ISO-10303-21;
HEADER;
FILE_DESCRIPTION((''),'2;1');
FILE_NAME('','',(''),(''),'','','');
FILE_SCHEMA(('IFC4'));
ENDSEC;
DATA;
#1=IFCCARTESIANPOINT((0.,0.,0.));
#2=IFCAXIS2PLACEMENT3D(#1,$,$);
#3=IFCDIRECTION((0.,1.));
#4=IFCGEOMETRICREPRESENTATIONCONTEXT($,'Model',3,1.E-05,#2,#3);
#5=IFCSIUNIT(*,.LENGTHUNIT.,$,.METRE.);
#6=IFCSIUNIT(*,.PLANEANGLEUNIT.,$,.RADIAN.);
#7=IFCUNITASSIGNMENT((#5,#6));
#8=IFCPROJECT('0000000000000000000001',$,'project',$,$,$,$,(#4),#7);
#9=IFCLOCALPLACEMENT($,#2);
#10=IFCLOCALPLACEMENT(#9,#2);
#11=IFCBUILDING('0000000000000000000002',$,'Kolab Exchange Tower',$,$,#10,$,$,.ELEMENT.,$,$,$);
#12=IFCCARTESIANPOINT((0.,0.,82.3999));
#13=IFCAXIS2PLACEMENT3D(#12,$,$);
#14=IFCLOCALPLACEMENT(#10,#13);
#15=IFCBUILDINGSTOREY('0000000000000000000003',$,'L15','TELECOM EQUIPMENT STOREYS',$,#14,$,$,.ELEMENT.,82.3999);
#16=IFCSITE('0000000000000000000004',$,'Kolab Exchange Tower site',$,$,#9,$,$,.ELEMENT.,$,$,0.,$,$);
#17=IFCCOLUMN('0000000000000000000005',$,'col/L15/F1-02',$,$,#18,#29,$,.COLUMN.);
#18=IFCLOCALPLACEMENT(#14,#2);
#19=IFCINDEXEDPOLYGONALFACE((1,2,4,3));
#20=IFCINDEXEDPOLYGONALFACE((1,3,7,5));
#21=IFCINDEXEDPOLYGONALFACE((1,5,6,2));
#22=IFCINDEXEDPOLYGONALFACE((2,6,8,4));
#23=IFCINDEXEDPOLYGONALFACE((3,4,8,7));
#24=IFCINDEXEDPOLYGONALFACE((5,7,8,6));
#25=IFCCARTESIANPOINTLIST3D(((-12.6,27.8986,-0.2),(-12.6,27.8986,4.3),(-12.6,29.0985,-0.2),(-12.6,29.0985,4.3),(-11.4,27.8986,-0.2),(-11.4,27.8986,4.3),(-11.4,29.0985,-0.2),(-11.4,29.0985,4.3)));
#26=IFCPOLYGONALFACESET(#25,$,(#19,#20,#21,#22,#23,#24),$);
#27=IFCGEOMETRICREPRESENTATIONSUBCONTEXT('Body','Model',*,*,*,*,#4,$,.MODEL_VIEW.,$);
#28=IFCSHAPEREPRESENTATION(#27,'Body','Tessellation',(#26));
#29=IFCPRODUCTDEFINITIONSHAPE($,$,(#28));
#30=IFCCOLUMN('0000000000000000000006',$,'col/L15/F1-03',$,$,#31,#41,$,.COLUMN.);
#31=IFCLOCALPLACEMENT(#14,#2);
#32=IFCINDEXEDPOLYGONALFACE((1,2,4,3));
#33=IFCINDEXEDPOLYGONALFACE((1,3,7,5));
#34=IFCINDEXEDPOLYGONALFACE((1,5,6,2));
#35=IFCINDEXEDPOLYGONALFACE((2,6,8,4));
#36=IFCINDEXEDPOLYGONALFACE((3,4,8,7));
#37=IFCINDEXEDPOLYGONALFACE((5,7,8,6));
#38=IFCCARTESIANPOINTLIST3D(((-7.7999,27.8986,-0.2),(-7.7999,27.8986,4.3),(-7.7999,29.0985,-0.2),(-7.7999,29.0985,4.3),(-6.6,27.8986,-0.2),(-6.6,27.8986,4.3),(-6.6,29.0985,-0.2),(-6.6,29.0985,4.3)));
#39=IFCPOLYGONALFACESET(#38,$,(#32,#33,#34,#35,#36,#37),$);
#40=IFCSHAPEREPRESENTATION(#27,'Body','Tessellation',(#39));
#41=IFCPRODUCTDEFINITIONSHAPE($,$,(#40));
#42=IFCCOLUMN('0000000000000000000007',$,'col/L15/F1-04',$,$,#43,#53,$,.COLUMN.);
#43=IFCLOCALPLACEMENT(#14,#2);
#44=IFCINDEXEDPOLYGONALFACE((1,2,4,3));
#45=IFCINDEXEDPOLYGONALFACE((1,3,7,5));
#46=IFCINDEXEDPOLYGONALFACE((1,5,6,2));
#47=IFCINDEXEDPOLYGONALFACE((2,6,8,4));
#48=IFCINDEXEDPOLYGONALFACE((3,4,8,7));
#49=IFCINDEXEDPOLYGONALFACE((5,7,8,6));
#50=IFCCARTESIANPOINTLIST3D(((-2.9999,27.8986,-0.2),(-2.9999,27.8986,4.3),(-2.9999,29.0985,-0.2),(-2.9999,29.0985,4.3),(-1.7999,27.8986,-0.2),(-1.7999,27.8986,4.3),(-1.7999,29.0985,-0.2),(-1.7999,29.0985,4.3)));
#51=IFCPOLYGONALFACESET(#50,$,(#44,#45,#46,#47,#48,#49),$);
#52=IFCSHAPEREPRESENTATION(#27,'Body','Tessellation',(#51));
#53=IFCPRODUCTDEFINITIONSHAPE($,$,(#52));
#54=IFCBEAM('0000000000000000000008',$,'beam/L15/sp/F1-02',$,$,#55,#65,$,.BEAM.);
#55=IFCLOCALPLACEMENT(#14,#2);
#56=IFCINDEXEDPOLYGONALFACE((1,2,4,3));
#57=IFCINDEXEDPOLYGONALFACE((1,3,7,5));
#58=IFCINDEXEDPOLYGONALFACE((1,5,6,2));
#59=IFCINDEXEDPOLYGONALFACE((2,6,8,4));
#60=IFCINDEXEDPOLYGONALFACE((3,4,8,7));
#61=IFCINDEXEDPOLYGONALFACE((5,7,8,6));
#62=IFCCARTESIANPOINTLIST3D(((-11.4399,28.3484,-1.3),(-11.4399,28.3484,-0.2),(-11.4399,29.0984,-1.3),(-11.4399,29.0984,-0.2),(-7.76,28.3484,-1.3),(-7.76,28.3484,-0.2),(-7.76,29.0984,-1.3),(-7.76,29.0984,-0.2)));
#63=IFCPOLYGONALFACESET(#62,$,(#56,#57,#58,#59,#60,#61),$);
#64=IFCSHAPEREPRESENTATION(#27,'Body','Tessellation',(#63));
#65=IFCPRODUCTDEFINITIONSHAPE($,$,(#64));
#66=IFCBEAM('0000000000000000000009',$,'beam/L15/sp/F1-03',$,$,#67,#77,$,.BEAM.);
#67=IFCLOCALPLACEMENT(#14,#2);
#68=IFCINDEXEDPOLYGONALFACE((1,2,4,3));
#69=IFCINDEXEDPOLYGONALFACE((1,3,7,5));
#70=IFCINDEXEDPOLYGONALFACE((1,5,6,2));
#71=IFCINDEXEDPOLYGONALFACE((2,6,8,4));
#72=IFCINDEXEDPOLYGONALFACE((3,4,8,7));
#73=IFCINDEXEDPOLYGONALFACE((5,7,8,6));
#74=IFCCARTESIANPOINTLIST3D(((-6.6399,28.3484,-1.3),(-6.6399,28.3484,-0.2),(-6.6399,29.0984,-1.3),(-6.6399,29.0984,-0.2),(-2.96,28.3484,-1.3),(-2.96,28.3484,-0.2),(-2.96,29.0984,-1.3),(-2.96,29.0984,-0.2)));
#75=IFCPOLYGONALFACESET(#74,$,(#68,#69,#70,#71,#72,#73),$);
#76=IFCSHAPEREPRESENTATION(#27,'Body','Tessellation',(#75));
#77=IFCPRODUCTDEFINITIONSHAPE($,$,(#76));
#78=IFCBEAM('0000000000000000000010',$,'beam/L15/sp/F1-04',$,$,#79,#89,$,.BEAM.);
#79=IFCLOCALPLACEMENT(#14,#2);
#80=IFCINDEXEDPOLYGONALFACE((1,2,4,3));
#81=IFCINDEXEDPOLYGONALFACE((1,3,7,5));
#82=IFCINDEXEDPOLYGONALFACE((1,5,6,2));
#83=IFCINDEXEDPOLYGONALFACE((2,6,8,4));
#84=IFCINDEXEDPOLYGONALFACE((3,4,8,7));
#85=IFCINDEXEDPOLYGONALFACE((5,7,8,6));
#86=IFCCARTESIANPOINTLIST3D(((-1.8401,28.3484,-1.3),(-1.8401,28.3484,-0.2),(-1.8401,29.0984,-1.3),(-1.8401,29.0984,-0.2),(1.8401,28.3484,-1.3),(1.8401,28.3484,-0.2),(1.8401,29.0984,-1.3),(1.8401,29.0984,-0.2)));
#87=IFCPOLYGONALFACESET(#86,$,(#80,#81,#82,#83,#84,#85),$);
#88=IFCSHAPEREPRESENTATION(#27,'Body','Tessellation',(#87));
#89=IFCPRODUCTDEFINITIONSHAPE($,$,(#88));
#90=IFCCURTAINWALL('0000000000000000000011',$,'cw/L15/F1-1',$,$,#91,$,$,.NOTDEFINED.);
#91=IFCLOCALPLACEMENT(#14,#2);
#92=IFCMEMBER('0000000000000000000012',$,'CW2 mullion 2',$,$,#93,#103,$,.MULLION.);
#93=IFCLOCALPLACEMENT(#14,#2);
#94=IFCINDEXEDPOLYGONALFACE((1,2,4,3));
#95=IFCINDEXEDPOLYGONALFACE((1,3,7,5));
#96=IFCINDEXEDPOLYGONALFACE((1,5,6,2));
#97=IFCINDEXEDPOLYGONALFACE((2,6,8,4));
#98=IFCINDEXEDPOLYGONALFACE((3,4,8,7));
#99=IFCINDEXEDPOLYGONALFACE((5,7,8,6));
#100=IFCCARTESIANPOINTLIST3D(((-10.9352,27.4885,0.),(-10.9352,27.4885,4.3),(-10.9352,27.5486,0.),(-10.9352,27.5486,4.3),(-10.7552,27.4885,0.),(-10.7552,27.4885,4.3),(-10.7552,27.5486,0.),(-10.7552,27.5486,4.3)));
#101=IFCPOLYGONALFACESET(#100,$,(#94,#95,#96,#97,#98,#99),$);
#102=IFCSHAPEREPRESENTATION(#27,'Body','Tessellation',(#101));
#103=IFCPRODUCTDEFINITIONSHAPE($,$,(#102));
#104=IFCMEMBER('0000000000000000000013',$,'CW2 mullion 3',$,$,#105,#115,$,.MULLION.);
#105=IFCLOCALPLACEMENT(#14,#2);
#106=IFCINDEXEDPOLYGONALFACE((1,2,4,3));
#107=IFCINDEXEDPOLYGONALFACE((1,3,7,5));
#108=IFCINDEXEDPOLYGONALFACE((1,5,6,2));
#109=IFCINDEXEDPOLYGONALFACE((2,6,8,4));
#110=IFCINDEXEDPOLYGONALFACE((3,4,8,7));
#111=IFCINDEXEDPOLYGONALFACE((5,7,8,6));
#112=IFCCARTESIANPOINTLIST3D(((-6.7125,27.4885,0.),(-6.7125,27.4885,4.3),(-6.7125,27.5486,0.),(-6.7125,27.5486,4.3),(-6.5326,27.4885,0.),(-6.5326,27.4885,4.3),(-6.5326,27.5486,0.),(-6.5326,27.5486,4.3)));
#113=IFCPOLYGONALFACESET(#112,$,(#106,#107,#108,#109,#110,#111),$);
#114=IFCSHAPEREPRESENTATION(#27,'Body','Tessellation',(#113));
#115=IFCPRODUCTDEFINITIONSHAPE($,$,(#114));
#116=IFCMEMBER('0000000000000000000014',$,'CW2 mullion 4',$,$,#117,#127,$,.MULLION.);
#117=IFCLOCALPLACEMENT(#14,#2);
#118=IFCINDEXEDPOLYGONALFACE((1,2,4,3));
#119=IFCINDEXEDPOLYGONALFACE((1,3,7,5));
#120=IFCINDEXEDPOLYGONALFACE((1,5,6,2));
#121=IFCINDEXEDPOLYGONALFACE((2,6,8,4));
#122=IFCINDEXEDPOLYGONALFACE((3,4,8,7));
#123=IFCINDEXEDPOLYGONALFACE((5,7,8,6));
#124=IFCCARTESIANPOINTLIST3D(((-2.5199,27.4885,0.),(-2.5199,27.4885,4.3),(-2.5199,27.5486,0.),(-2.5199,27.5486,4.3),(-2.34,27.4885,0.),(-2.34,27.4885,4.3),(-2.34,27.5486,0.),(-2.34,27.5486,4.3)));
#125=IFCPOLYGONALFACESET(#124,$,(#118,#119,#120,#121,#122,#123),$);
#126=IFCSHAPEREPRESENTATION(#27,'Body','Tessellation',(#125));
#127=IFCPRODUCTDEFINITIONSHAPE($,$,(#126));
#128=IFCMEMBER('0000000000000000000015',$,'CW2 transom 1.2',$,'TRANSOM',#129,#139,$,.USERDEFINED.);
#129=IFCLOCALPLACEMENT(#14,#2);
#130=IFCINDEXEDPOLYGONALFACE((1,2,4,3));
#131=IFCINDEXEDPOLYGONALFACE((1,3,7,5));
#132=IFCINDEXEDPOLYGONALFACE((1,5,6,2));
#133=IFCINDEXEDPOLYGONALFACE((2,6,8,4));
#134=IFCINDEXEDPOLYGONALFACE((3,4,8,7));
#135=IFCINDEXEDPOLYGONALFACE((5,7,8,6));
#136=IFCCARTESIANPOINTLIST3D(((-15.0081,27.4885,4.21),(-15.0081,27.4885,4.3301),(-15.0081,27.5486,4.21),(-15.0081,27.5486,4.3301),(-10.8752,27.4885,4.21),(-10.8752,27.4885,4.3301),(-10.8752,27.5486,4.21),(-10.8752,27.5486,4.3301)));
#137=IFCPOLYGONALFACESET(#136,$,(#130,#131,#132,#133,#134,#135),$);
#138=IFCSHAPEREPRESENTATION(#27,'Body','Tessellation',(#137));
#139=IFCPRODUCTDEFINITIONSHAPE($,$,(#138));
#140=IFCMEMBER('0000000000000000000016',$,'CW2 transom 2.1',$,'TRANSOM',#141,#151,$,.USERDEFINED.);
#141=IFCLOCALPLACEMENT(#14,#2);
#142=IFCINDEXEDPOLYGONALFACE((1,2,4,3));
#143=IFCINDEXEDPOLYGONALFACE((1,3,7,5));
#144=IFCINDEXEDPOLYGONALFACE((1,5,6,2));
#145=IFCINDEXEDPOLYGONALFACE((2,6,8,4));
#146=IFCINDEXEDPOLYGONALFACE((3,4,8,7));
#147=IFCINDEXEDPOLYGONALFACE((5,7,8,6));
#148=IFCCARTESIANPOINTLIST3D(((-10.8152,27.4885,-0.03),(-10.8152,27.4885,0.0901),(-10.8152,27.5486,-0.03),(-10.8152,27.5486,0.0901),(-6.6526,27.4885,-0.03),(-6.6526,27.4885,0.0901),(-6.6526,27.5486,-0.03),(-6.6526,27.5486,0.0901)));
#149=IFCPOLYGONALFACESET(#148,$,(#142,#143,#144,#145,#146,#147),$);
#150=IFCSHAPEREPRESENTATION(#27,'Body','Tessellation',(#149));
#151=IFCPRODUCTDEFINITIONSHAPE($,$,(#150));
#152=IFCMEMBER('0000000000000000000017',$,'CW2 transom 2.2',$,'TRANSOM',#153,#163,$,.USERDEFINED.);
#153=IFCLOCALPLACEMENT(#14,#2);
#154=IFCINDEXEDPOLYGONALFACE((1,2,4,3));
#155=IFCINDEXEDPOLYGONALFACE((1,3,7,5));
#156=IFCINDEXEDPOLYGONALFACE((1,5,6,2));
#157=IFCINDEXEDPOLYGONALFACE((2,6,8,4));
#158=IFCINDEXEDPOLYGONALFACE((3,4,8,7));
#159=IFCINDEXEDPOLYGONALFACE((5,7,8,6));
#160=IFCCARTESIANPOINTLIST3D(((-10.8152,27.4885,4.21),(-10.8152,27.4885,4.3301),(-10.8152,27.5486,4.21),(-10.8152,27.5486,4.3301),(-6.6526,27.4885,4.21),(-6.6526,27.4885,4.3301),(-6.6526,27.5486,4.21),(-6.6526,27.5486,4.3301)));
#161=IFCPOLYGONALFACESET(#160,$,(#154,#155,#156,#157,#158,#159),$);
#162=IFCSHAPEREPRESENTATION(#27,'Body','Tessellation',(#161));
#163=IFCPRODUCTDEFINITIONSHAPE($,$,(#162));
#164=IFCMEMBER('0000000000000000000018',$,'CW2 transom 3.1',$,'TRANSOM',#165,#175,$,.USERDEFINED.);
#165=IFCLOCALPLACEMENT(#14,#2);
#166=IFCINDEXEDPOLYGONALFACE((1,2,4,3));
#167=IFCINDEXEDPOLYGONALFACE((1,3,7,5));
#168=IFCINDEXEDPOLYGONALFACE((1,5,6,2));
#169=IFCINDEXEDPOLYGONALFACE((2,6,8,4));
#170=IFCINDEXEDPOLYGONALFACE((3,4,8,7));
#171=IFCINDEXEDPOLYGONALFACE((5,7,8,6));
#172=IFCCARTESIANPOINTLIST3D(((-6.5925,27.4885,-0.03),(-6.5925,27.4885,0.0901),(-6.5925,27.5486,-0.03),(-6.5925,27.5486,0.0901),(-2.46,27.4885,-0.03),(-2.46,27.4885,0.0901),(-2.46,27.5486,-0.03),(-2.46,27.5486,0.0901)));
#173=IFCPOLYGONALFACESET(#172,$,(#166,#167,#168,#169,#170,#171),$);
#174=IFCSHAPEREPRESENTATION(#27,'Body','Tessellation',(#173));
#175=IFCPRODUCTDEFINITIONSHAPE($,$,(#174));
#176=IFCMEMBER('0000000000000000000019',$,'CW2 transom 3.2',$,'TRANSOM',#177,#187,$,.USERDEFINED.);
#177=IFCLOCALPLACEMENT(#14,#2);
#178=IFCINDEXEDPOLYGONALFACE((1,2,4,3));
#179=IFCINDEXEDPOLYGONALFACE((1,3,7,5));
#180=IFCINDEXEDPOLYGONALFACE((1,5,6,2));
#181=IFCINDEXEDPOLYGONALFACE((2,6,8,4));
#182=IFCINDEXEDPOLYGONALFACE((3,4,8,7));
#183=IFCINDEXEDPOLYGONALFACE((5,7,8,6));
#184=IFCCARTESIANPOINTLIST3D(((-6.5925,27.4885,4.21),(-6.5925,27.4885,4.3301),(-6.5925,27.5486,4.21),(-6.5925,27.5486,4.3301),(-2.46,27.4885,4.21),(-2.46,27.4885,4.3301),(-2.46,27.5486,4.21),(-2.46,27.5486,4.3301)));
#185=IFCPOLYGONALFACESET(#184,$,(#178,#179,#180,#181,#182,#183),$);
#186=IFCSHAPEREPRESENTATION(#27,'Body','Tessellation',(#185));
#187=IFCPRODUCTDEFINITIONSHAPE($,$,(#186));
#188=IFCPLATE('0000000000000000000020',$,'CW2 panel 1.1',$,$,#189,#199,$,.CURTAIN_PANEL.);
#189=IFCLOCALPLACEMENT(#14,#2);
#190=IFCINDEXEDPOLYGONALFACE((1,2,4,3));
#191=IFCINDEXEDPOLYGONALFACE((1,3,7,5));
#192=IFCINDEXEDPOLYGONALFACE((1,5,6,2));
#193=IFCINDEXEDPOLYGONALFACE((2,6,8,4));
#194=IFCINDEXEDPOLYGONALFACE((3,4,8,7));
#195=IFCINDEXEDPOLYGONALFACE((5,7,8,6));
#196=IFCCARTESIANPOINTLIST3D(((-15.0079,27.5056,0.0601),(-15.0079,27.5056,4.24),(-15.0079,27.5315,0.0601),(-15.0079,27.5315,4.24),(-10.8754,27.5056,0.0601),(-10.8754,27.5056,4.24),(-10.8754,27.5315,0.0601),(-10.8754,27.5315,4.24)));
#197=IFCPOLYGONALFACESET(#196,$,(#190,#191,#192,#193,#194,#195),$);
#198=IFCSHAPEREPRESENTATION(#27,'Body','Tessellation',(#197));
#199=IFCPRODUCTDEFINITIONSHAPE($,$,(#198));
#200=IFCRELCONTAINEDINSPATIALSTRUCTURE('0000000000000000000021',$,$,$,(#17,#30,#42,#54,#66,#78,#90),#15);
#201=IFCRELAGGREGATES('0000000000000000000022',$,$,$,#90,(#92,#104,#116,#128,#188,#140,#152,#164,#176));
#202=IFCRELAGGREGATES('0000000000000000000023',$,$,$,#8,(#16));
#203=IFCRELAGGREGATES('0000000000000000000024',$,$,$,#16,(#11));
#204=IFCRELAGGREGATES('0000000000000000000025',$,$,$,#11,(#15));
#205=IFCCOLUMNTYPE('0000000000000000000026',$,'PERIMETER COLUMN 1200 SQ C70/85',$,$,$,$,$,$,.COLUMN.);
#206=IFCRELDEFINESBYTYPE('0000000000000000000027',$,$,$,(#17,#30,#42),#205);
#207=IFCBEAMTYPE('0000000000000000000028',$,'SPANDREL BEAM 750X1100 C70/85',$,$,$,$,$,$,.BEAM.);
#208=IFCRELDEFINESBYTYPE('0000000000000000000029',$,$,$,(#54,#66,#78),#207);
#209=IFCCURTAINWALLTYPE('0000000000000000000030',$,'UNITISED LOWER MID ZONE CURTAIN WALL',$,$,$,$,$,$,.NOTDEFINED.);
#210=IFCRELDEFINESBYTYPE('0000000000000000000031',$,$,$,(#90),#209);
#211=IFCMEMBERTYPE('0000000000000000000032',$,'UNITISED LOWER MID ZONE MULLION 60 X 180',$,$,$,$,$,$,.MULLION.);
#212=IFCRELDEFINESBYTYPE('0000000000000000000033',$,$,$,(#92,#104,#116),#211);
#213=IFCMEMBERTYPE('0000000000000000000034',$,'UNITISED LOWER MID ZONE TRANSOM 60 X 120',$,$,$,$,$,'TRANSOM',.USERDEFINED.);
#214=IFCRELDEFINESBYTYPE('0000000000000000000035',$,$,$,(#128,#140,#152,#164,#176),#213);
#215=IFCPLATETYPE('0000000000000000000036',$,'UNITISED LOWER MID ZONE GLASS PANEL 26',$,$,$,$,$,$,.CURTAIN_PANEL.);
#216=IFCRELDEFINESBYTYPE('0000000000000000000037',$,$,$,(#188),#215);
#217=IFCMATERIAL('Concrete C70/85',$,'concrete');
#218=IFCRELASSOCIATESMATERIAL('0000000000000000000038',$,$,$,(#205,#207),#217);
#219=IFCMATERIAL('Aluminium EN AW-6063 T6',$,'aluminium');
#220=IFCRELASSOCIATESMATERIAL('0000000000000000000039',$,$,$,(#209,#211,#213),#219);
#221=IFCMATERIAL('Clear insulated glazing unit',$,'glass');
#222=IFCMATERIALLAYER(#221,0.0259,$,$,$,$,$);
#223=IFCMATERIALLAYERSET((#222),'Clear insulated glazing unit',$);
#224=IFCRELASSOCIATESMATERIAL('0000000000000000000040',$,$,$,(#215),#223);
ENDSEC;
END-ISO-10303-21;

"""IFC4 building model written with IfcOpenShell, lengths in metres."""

from ifc_helpers import new_model, si_unit, direction, frame, origin, origin_2d, place, context, subcontext, project, spatial, rectangle, extrude, material, layer, layer_set, material_profile, profile_set, type_object, element, aggregate, save


model = new_model("IFC4")

# Units and contexts
model_context = context("Model", 3, precision=1e-05, world=origin(), true_north=direction((0.0, 1.0)))
body_context = subcontext(model_context, "Body", "Model", "MODEL_VIEW")
ifc_project = project(units=[si_unit("LENGTHUNIT", "METRE"), si_unit("PLANEANGLEUNIT", "RADIAN")], contexts=[model_context])

# Site, building, storey
site_placement = place(None, origin())
site = spatial("IfcSite", under=ifc_project, at=site_placement, Name="Kolab Exchange Tower site", CompositionType="ELEMENT", RefElevation=0.0)
building_placement = place(site_placement, origin())
building = spatial("IfcBuilding", under=site, at=building_placement, Name="Kolab Exchange Tower", CompositionType="ELEMENT")
storey_placement = place(building_placement, frame((0.0, 0.0, 82.3999)))
storey = spatial("IfcBuildingStorey", under=building, at=storey_placement, Name="L15", Description="TELECOM EQUIPMENT STOREYS", CompositionType="ELEMENT", Elevation=82.3999)

# Columns
ifc_material_1 = material(Name="Concrete C70/85", Category="concrete")
ifc_material_profile_1 = material_profile(ifc_material_1, rectangle(XDim=1.2, YDim=1.2, at=origin_2d()), Name="RC1200")
ifc_profile_set_1 = profile_set([ifc_material_profile_1], Name="Concrete C70/85")
column_type = type_object("IfcColumnType", Name="PERIMETER COLUMN 1200 SQ C70/85", PredefinedType="COLUMN", material=ifc_profile_set_1)
for number, where, z_axis, x_axis, name in (
    (1, (-12.0, 28.4985, -0.2), (0.0, 0.0, 1.0), (1.0, 0.0, 0.0), "col/L15/F1-02"),
    (2, (-7.2, 28.4985, -0.2), (0.0, 0.0, 1.0), (1.0, 0.0, 0.0), "col/L15/F1-03"),
    (3, (-2.3999, 28.4985, -0.2), (0.0, 0.0, 1.0), (1.0, 0.0, 0.0), "col/L15/F1-04"),
):
    element("IfcColumn", number, at=place(storey_placement, frame(where, z_axis=z_axis, x_axis=x_axis)), inside=storey, type_object=column_type, Name=name, PredefinedType="COLUMN", context=body_context, shape_type="SweptSolid", body=[
        extrude(rectangle(XDim=1.2, YDim=1.2, at=origin_2d()), origin(), (0.0, 0.0, 1.0), 4.5),
    ])

# Beams
ifc_material_profile_2 = material_profile(ifc_material_1, rectangle(XDim=0.75, YDim=1.1001, at=origin_2d()), Name="RC750X1100")
ifc_profile_set_2 = profile_set([ifc_material_profile_2], Name="Concrete C70/85")
beam_type = type_object("IfcBeamType", Name="SPANDREL BEAM 750X1100 C70/85", PredefinedType="BEAM", material=ifc_profile_set_2)
for number, where, z_axis, x_axis, name in (
    (4, (-11.4399, 28.7234, -0.75), (1.0, 0.0, 0.0), (0.0, 1.0, 0.0), "beam/L15/sp/F1-02"),
    (5, (-6.6399, 28.7234, -0.75), (1.0, 0.0, 0.0), (0.0, 1.0, 0.0), "beam/L15/sp/F1-03"),
):
    element("IfcBeam", number, at=place(storey_placement, frame(where, z_axis=z_axis, x_axis=x_axis)), inside=storey, type_object=beam_type, Name=name, PredefinedType="BEAM", context=body_context, shape_type="SweptSolid", body=[
        extrude(rectangle(XDim=0.75, YDim=1.1001, at=origin_2d()), origin(), (0.0, 0.0, 1.0), 3.6799),
    ])
beam_placement = place(storey_placement, frame((-1.8401, 28.7234, -0.75), z_axis=(1.0, 0.0, 0.0), x_axis=(0.0, 1.0, 0.0)))
element("IfcBeam", 6, at=beam_placement, inside=storey, type_object=beam_type, Name="beam/L15/sp/F1-04", PredefinedType="BEAM", context=body_context, shape_type="SweptSolid", body=[
    extrude(rectangle(XDim=0.75, YDim=1.1001, at=origin_2d()), origin(), (0.0, 0.0, 1.0), 3.6802),
])

# Curtain wall, members, plate
ifc_material_2 = material(Name="Aluminium EN AW-6063 T6", Category="aluminium")
curtain_wall_type = type_object("IfcCurtainWallType", Name="UNITISED LOWER MID ZONE CURTAIN WALL", PredefinedType="NOTDEFINED", material=ifc_material_2)
curtain_wall_placement = place(storey_placement, origin())
curtain_wall = element("IfcCurtainWall", 7, at=curtain_wall_placement, inside=storey, type_object=curtain_wall_type, Name="cw/L15/F1-1", PredefinedType="NOTDEFINED")
ifc_material_profile_3 = material_profile(ifc_material_2, rectangle(XDim=0.0601, YDim=0.1799, at=origin_2d()), Name="RECT 60X180")
ifc_profile_set_3 = profile_set([ifc_material_profile_3], Name="Aluminium EN AW-6063 T6")
member_type_1 = type_object("IfcMemberType", Name="UNITISED LOWER MID ZONE MULLION 60 X 180", PredefinedType="MULLION", material=ifc_profile_set_3)
member_1_placement = place(storey_placement, frame((-10.8452, 27.5186, 0.0), z_axis=(0.0, 0.0, 1.0), x_axis=(0.0, 1.0, 0.0)))
member_1 = element("IfcMember", 8, at=member_1_placement, type_object=member_type_1, Name="CW2 mullion 2", PredefinedType="MULLION", context=body_context, shape_type="SweptSolid", body=[
    extrude(rectangle(XDim=0.0601, YDim=0.1799, at=origin_2d()), origin(), (0.0, 0.0, 1.0), 4.3),
])
member_2_placement = place(storey_placement, frame((-6.6226, 27.5186, 0.0), z_axis=(0.0, 0.0, 1.0), x_axis=(0.0, 1.0, 0.0)))
member_2 = element("IfcMember", 9, at=member_2_placement, type_object=member_type_1, Name="CW2 mullion 3", PredefinedType="MULLION", context=body_context, shape_type="SweptSolid", body=[
    extrude(rectangle(XDim=0.0601, YDim=0.1799, at=origin_2d()), origin(), (0.0, 0.0, 1.0), 4.3),
])
member_3_placement = place(storey_placement, frame((-2.4299, 27.5186, 0.0), z_axis=(0.0, 0.0, 1.0), x_axis=(0.0, 1.0, 0.0)))
member_3 = element("IfcMember", 10, at=member_3_placement, type_object=member_type_1, Name="CW2 mullion 4", PredefinedType="MULLION", context=body_context, shape_type="SweptSolid", body=[
    extrude(rectangle(XDim=0.0601, YDim=0.1799, at=origin_2d()), origin(), (0.0, 0.0, 1.0), 4.3),
])
ifc_material_profile_4 = material_profile(ifc_material_2, rectangle(XDim=0.0601, YDim=0.1201, at=origin_2d()), Name="RECT 60X120")
ifc_profile_set_4 = profile_set([ifc_material_profile_4], Name="Aluminium EN AW-6063 T6")
member_type_2 = type_object("IfcMemberType", Name="UNITISED LOWER MID ZONE TRANSOM 60 X 120", ElementType="TRANSOM", PredefinedType="USERDEFINED", material=ifc_profile_set_4)
member_4_placement = place(storey_placement, frame((-15.0081, 27.5186, 4.27), z_axis=(1.0, 0.0, 0.0), x_axis=(0.0, 1.0, 0.0)))
member_4 = element("IfcMember", 11, at=member_4_placement, type_object=member_type_2, Name="CW2 transom 1.2", ObjectType="TRANSOM", PredefinedType="USERDEFINED", context=body_context, shape_type="SweptSolid", body=[
    extrude(rectangle(XDim=0.0601, YDim=0.1201, at=origin_2d()), origin(), (0.0, 0.0, 1.0), 4.1328),
])
member_5_placement = place(storey_placement, frame((-10.8152, 27.5186, 0.03), z_axis=(1.0, 0.0, 0.0), x_axis=(0.0, 1.0, 0.0)))
member_5 = element("IfcMember", 12, at=member_5_placement, type_object=member_type_2, Name="CW2 transom 2.1", ObjectType="TRANSOM", PredefinedType="USERDEFINED", context=body_context, shape_type="SweptSolid", body=[
    extrude(rectangle(XDim=0.0601, YDim=0.1201, at=origin_2d()), origin(), (0.0, 0.0, 1.0), 4.1626),
])
member_6_placement = place(storey_placement, frame((-10.8152, 27.5186, 4.27), z_axis=(1.0, 0.0, 0.0), x_axis=(0.0, 1.0, 0.0)))
member_6 = element("IfcMember", 13, at=member_6_placement, type_object=member_type_2, Name="CW2 transom 2.2", ObjectType="TRANSOM", PredefinedType="USERDEFINED", context=body_context, shape_type="SweptSolid", body=[
    extrude(rectangle(XDim=0.0601, YDim=0.1201, at=origin_2d()), origin(), (0.0, 0.0, 1.0), 4.1626),
])
member_7_placement = place(storey_placement, frame((-6.5925, 27.5186, 0.03), z_axis=(1.0, 0.0, 0.0), x_axis=(0.0, 1.0, 0.0)))
member_7 = element("IfcMember", 14, at=member_7_placement, type_object=member_type_2, Name="CW2 transom 3.1", ObjectType="TRANSOM", PredefinedType="USERDEFINED", context=body_context, shape_type="SweptSolid", body=[
    extrude(rectangle(XDim=0.0601, YDim=0.1201, at=origin_2d()), origin(), (0.0, 0.0, 1.0), 4.1326),
])
member_8_placement = place(storey_placement, frame((-6.5925, 27.5186, 4.27), z_axis=(1.0, 0.0, 0.0), x_axis=(0.0, 1.0, 0.0)))
member_8 = element("IfcMember", 15, at=member_8_placement, type_object=member_type_2, Name="CW2 transom 3.2", ObjectType="TRANSOM", PredefinedType="USERDEFINED", context=body_context, shape_type="SweptSolid", body=[
    extrude(rectangle(XDim=0.0601, YDim=0.1201, at=origin_2d()), origin(), (0.0, 0.0, 1.0), 4.1326),
])
ifc_material_3 = material(Name="Clear insulated glazing unit", Category="glass")
ifc_layer_1 = layer(ifc_material_3, 0.0259)
ifc_layer_set_1 = layer_set([ifc_layer_1], Name="Clear insulated glazing unit")
plate_type = type_object("IfcPlateType", Name="UNITISED LOWER MID ZONE GLASS PANEL 26", PredefinedType="CURTAIN_PANEL", material=ifc_layer_set_1)
plate_1_placement = place(storey_placement, frame((-12.9417, 27.5186, 0.0601), z_axis=(0.0, 0.0, 1.0), x_axis=(1.0, 0.0, 0.0)))
plate_1 = element("IfcPlate", 16, at=plate_1_placement, type_object=plate_type, Name="CW2 panel 1.1", PredefinedType="CURTAIN_PANEL", context=body_context, shape_type="SweptSolid", body=[
    extrude(rectangle(XDim=4.1326, YDim=0.0259, at=origin_2d()), origin(), (0.0, 0.0, 1.0), 4.1799),
])
aggregate(curtain_wall, [member_1, member_2, member_3, member_4, plate_1, member_5, member_6, member_7, member_8])

save(model, "model.ifc")
